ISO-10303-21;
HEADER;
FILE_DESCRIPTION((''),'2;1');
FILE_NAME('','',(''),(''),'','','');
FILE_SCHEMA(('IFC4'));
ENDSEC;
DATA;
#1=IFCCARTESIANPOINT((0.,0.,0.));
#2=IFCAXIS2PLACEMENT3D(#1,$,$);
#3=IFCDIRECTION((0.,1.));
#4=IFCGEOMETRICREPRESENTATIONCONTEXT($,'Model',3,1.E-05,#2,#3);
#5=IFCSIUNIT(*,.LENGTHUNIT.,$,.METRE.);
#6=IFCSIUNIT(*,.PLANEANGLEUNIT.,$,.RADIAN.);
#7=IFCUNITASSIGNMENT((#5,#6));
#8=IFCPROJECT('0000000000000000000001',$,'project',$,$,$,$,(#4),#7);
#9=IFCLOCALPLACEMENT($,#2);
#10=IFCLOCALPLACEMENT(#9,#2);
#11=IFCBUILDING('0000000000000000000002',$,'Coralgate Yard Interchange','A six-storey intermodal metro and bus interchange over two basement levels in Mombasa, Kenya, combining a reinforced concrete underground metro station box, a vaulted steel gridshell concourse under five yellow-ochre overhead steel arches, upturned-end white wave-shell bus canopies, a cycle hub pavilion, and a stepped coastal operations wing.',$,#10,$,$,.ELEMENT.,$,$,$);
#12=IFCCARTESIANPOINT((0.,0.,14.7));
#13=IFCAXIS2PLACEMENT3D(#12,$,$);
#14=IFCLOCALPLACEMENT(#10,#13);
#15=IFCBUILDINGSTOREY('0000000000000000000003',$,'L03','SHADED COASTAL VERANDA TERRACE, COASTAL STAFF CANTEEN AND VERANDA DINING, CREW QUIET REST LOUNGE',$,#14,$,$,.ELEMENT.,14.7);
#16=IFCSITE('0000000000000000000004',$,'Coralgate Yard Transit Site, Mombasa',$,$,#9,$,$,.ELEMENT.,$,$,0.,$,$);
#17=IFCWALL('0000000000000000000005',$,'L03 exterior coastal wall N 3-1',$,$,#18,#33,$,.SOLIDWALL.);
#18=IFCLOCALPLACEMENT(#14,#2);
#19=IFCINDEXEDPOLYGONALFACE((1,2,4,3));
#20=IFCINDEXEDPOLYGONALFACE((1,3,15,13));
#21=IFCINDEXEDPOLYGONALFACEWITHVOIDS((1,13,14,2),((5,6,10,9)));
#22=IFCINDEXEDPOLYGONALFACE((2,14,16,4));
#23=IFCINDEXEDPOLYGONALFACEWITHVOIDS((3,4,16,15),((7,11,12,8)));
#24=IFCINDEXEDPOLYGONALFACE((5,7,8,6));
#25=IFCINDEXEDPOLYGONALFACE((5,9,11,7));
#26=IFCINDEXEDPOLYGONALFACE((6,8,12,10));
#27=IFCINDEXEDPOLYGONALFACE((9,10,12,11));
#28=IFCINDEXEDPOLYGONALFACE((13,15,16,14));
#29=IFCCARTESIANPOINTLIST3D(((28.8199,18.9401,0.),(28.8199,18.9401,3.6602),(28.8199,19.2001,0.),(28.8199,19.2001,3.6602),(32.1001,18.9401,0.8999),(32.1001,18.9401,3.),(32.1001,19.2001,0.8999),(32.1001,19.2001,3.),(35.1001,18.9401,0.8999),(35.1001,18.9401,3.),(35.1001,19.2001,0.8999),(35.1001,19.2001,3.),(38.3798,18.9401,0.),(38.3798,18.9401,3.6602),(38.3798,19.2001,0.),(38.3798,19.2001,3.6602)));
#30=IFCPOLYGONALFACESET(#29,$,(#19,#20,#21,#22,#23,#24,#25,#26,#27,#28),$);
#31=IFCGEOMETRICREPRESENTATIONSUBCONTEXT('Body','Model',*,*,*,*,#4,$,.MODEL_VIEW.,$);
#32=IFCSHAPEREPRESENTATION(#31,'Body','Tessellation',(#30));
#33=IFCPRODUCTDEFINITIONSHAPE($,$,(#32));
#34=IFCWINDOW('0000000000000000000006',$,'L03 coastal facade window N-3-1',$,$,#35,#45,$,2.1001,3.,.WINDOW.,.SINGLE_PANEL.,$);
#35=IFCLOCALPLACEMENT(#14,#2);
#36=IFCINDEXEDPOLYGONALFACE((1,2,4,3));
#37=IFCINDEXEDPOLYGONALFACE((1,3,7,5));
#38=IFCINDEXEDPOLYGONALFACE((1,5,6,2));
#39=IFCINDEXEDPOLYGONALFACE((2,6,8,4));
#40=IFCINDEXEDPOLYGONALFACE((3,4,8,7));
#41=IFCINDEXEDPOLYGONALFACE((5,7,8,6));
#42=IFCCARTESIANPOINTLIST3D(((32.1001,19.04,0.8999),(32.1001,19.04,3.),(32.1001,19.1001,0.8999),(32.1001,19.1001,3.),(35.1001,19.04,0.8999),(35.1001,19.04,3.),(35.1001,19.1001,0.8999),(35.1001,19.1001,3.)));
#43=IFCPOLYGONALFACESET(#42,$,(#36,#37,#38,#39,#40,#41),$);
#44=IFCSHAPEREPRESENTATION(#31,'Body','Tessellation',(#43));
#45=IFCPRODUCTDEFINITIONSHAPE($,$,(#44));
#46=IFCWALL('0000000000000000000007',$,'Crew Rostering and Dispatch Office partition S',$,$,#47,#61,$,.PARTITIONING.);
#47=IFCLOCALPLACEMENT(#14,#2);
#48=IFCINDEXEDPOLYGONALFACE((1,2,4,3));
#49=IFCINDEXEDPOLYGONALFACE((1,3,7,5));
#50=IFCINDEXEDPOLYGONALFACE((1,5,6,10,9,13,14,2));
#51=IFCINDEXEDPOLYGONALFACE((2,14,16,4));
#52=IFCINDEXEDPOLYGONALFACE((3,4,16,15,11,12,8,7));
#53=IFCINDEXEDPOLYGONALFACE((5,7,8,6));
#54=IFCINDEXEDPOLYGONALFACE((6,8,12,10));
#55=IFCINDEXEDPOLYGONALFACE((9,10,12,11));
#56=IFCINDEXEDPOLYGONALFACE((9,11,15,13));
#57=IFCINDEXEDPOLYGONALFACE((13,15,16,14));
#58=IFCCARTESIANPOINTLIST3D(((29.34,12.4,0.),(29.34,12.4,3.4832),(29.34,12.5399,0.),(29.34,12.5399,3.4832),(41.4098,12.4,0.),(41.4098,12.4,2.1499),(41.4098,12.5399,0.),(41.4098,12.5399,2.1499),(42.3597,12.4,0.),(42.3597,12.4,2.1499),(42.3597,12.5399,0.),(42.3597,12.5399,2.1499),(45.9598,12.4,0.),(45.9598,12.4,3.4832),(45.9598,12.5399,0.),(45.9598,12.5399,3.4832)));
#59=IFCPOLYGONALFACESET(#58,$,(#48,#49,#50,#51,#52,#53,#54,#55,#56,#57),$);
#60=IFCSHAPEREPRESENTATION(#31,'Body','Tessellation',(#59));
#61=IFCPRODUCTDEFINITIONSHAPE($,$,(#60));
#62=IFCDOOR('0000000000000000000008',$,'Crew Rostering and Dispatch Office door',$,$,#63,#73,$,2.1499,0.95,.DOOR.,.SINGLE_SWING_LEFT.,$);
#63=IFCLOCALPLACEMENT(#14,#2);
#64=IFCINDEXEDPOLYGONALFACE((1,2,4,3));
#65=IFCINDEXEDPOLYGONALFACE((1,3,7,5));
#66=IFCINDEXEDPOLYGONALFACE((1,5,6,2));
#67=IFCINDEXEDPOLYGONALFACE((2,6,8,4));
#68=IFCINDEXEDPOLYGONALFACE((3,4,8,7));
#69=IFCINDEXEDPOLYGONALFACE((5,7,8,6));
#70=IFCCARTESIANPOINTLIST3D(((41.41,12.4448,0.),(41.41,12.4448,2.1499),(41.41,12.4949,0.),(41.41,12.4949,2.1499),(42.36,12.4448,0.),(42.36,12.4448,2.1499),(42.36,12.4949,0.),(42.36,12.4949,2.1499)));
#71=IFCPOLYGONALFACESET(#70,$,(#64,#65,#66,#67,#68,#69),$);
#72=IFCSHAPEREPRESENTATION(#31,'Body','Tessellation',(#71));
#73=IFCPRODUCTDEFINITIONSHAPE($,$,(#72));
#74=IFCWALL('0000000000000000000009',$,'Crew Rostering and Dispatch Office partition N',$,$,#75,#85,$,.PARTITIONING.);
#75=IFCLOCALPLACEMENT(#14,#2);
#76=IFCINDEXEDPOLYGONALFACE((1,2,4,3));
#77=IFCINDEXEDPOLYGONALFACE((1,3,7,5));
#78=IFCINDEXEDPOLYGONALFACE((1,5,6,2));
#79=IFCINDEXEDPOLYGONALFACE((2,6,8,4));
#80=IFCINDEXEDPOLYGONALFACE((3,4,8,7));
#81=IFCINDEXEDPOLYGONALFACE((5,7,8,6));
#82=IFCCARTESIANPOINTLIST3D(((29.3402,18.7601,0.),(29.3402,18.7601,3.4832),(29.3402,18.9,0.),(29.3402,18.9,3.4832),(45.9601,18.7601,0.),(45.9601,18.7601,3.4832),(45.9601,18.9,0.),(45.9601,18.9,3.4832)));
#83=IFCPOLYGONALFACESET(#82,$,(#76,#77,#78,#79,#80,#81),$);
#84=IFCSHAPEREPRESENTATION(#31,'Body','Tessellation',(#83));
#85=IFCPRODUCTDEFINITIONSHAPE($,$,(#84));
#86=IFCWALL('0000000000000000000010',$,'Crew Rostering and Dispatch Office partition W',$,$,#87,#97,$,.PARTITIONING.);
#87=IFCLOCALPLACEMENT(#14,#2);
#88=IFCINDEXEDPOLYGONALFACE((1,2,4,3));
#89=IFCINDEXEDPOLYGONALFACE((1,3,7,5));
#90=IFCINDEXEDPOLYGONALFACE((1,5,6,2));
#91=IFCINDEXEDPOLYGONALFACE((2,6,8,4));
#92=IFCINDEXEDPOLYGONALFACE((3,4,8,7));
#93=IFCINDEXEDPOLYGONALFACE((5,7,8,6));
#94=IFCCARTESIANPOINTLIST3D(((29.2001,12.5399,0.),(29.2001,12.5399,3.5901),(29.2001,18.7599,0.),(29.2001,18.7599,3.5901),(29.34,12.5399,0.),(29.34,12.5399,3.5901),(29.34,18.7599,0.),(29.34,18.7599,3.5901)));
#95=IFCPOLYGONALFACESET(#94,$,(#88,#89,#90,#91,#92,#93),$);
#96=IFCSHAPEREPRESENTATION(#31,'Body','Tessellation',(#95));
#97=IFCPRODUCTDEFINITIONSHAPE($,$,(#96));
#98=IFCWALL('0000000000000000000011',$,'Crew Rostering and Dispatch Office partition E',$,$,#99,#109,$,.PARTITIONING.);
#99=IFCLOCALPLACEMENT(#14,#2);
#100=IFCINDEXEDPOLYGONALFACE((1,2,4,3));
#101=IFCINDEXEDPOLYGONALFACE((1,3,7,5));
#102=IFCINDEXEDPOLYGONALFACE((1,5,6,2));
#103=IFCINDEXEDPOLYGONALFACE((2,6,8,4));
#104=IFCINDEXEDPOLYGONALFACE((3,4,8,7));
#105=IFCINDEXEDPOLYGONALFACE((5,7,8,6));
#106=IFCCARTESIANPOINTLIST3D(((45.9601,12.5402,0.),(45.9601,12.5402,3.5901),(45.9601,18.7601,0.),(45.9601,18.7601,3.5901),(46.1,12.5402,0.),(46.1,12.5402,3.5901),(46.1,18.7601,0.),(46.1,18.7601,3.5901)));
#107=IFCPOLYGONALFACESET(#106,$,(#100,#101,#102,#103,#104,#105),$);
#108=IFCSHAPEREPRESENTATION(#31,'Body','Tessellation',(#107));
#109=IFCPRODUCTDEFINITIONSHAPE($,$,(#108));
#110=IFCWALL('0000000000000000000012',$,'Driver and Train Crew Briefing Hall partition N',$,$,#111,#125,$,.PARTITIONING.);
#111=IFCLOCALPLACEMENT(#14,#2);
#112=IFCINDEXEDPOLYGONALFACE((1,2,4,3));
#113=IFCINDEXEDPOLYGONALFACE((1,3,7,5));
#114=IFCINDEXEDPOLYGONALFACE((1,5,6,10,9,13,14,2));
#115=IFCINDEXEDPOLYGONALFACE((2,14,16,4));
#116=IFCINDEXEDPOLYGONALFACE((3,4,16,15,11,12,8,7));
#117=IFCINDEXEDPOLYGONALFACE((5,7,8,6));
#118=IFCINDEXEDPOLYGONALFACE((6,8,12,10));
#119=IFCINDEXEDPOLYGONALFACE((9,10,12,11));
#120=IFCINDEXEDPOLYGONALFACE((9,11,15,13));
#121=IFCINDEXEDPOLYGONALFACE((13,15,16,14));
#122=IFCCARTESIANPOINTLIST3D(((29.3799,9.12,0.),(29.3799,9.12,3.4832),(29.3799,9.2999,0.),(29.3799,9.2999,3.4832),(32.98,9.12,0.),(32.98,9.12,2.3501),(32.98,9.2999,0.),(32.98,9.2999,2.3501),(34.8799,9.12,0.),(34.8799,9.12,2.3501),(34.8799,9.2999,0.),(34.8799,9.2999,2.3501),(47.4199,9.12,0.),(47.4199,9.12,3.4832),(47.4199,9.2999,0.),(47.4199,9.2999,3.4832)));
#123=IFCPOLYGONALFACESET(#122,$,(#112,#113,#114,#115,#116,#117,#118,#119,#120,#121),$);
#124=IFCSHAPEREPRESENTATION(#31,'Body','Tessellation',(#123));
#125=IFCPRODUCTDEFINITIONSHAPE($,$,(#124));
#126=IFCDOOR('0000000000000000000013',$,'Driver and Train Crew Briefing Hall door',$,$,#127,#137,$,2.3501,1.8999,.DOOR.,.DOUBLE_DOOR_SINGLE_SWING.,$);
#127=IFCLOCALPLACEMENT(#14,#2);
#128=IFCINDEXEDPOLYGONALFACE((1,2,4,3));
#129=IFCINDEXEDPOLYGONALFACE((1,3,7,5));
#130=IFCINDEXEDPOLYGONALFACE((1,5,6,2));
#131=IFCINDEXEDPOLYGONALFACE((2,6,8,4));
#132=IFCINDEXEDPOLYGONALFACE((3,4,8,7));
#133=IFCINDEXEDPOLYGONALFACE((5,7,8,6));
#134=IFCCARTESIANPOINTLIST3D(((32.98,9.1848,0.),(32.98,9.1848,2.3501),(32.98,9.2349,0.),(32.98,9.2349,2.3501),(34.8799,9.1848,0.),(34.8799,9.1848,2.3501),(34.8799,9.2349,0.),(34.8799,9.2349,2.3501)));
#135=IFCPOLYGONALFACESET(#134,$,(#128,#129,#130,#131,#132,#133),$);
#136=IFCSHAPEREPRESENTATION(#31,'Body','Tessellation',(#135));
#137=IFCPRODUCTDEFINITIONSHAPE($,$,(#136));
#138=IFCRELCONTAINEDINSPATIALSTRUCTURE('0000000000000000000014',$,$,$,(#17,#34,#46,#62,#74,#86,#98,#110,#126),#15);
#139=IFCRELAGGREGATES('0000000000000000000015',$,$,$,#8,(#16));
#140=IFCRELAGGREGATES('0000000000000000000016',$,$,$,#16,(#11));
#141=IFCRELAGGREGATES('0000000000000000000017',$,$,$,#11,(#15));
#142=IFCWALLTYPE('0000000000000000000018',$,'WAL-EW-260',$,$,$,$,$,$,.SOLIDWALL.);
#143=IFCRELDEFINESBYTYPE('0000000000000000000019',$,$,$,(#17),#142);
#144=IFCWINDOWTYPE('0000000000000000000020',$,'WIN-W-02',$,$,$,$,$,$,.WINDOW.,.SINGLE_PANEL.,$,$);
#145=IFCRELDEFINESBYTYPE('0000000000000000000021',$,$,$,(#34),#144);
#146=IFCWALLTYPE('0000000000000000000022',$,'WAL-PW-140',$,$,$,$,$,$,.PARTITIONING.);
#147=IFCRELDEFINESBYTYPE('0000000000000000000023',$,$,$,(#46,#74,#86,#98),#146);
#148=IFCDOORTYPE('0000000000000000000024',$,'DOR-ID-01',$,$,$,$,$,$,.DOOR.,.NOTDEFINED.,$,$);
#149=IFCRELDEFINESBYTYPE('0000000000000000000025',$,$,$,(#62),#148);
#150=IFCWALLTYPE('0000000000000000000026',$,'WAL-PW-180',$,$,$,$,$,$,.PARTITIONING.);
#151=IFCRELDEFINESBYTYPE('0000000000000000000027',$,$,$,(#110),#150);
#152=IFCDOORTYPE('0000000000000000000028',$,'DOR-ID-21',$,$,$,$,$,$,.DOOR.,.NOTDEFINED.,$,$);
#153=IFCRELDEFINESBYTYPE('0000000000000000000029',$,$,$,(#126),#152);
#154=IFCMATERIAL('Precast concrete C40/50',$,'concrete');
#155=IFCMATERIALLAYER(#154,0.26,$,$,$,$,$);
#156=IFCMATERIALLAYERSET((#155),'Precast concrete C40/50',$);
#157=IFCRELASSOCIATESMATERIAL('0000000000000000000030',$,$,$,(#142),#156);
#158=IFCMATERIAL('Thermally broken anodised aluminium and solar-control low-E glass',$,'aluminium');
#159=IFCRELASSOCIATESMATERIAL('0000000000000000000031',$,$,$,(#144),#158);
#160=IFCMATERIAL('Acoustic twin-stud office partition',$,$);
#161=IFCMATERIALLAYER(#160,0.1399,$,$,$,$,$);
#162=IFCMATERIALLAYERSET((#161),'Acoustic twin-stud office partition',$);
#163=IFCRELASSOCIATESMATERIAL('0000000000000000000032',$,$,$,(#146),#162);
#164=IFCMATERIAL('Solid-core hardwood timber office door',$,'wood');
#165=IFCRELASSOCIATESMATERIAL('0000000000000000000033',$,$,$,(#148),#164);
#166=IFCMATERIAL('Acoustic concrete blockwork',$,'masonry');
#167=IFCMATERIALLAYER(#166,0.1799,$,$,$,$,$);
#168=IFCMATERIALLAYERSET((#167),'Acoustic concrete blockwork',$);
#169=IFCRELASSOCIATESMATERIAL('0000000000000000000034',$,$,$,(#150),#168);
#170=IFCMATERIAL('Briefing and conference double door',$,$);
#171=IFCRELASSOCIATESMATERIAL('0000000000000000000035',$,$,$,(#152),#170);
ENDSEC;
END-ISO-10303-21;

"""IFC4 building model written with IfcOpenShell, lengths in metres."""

from ifc_helpers import new_model, si_unit, direction, frame, frame_2d, origin, place, context, subcontext, project, spatial, rectangle, extrude, material, layer, layer_set, type_object, element, fill, save


model = new_model("IFC4")

# Units and contexts
model_context = context("Model", 3, precision=1e-05, world=origin(), true_north=direction((0.0, 1.0)))
body_context = subcontext(model_context, "Body", "Model", "MODEL_VIEW")
ifc_project = project(units=[si_unit("LENGTHUNIT", "METRE"), si_unit("PLANEANGLEUNIT", "RADIAN")], contexts=[model_context])

# Site, building, storey
site_placement = place(None, origin())
site = spatial("IfcSite", under=ifc_project, at=site_placement, Name="Coralgate Yard Transit Site, Mombasa", CompositionType="ELEMENT", RefElevation=0.0)
building_placement = place(site_placement, origin())
building = spatial("IfcBuilding", under=site, at=building_placement, Name="Coralgate Yard Interchange", Description="A six-storey intermodal metro and bus interchange over two basement levels in Mombasa, Kenya, combining a reinforced concrete underground metro station box, a vaulted steel gridshell concourse under five yellow-ochre overhead steel arches, upturned-end white wave-shell bus canopies, a cycle hub pavilion, and a stepped coastal operations wing.", CompositionType="ELEMENT")
storey_placement = place(building_placement, frame((0.0, 0.0, 14.7)))
storey = spatial("IfcBuildingStorey", under=building, at=storey_placement, Name="L03", Description="SHADED COASTAL VERANDA TERRACE, COASTAL STAFF CANTEEN AND VERANDA DINING, CREW QUIET REST LOUNGE", CompositionType="ELEMENT", Elevation=14.7)

# Wall, opening, window
ifc_material_1 = material(Name="Precast concrete C40/50", Category="concrete")
ifc_layer_1 = layer(ifc_material_1, 0.26)
ifc_layer_set_1 = layer_set([ifc_layer_1], Name="Precast concrete C40/50")
wall_type_1 = type_object("IfcWallType", Name="WAL-EW-260", PredefinedType="SOLIDWALL", material=ifc_layer_set_1)
wall_1_placement = place(storey_placement, frame((28.8201, 19.0701, 0.0), z_axis=(0.0, 0.0, 1.0), x_axis=(1.0, 0.0, 0.0)))
wall_1 = element("IfcWall", 1, at=wall_1_placement, inside=storey, type_object=wall_type_1, Name="L03 exterior coastal wall N 3-1", PredefinedType="SOLIDWALL", context=body_context, shape_type="SweptSolid", body=[
    extrude(rectangle(XDim=9.5598, YDim=0.26, at=frame_2d((4.7798, 0.0))), origin(), (0.0, 0.0, 1.0), 3.6602),
])
opening_1_placement = place(wall_1_placement, frame((3.28, 0.0, 0.8999)))
opening_1 = element("IfcOpeningElement", 2, at=opening_1_placement, cuts=wall_1, PredefinedType="OPENING", context=body_context, shape_type="SweptSolid", body=[
    extrude(rectangle(XDim=3.0, YDim=2.1001, at=frame_2d((1.5, 1.05))), frame((0.0, 0.1399, 0.0), z_axis=(0.0, -1.0, 0.0), x_axis=(1.0, 0.0, 0.0)), (0.0, 0.0, 1.0), 0.28),
])
ifc_material_2 = material(Name="Thermally broken anodised aluminium and solar-control low-E glass", Category="aluminium")
window_type = type_object("IfcWindowType", Name="WIN-W-02", PartitioningType="SINGLE_PANEL", PredefinedType="WINDOW", material=ifc_material_2)
window_placement = place(opening_1_placement, origin())
window = element("IfcWindow", 3, at=window_placement, inside=storey, type_object=window_type, Name="L03 coastal facade window N-3-1", OverallHeight=2.1001, OverallWidth=3.0, PartitioningType="SINGLE_PANEL", PredefinedType="WINDOW", context=body_context, shape_type="SweptSolid", body=[
    extrude(rectangle(XDim=3.0, YDim=2.1001, at=frame_2d((1.5, 1.05))), frame((0.0, 0.03, 0.0), z_axis=(0.0, -1.0, 0.0), x_axis=(1.0, 0.0, 0.0)), (0.0, 0.0, 1.0), 0.0601),
])
fill(opening_1, window)

# Wall, opening, door
ifc_material_3 = material(Name="Acoustic twin-stud office partition")
ifc_layer_2 = layer(ifc_material_3, 0.1399)
ifc_layer_set_2 = layer_set([ifc_layer_2], Name="Acoustic twin-stud office partition")
wall_type_2 = type_object("IfcWallType", Name="WAL-PW-140", PredefinedType="PARTITIONING", material=ifc_layer_set_2)
wall_2_placement = place(storey_placement, frame((45.96, 12.47, 0.0), z_axis=(0.0, 0.0, 1.0), x_axis=(-1.0, 0.0, 0.0)))
wall_2 = element("IfcWall", 4, at=wall_2_placement, inside=storey, type_object=wall_type_2, Name="Crew Rostering and Dispatch Office partition S", PredefinedType="PARTITIONING", context=body_context, shape_type="SweptSolid", body=[
    extrude(rectangle(XDim=16.6199, YDim=0.1399, at=frame_2d((8.3101, 0.0))), origin(), (0.0, 0.0, 1.0), 3.4832),
])
opening_2_placement = place(wall_2_placement, frame((3.6001, 0.0, 0.0)))
opening_2 = element("IfcOpeningElement", 5, at=opening_2_placement, cuts=wall_2, PredefinedType="OPENING", context=body_context, shape_type="SweptSolid", body=[
    extrude(rectangle(XDim=0.95, YDim=2.1499, at=frame_2d((0.4751, 1.075))), frame((0.0, 0.0798, 0.0), z_axis=(0.0, -1.0, 0.0), x_axis=(1.0, 0.0, 0.0)), (0.0, 0.0, 1.0), 0.1599),
])
ifc_material_4 = material(Name="Solid-core hardwood timber office door", Category="wood")
door_type_1 = type_object("IfcDoorType", Name="DOR-ID-01", OperationType="NOTDEFINED", PredefinedType="DOOR", material=ifc_material_4)
door_1_placement = place(opening_2_placement, frame((0.95, 0.0, 0.0), z_axis=(0.0, 0.0, 1.0), x_axis=(-1.0, 0.0, 0.0)))
door_1 = element("IfcDoor", 6, at=door_1_placement, inside=storey, type_object=door_type_1, Name="Crew Rostering and Dispatch Office door", OperationType="SINGLE_SWING_LEFT", OverallHeight=2.1499, OverallWidth=0.95, PredefinedType="DOOR", context=body_context, shape_type="SweptSolid", body=[
    extrude(rectangle(XDim=0.95, YDim=2.1499, at=frame_2d((0.4751, 1.075))), frame((0.0, 0.0249, 0.0), z_axis=(0.0, -1.0, 0.0), x_axis=(1.0, 0.0, 0.0)), (0.0, 0.0, 1.0), 0.05),
])
fill(opening_2, door_1)

# Walls
wall_3_placement = place(storey_placement, frame((29.3401, 18.8301, 0.0), z_axis=(0.0, 0.0, 1.0), x_axis=(1.0, 0.0, 0.0)))
element("IfcWall", 7, at=wall_3_placement, inside=storey, type_object=wall_type_2, Name="Crew Rostering and Dispatch Office partition N", PredefinedType="PARTITIONING", context=body_context, shape_type="SweptSolid", body=[
    extrude(rectangle(XDim=16.6199, YDim=0.1399, at=frame_2d((8.3101, 0.0))), origin(), (0.0, 0.0, 1.0), 3.4832),
])
for number, where, z_axis, x_axis, name in (
    (8, (29.27, 12.54, 0.0), (0.0, 0.0, 1.0), (0.0, 1.0, 0.0), "Crew Rostering and Dispatch Office partition W"),
    (9, (46.03, 18.76, 0.0), (0.0, 0.0, 1.0), (0.0, -1.0, 0.0), "Crew Rostering and Dispatch Office partition E"),
):
    element("IfcWall", number, at=place(storey_placement, frame(where, z_axis=z_axis, x_axis=x_axis)), inside=storey, type_object=wall_type_2, Name=name, PredefinedType="PARTITIONING", context=body_context, shape_type="SweptSolid", body=[
        extrude(rectangle(XDim=6.22, YDim=0.1399, at=frame_2d((3.1099, 0.0))), origin(), (0.0, 0.0, 1.0), 3.5901),
    ])

# Wall, opening, door
ifc_material_5 = material(Name="Acoustic concrete blockwork", Category="masonry")
ifc_layer_3 = layer(ifc_material_5, 0.1799)
ifc_layer_set_3 = layer_set([ifc_layer_3], Name="Acoustic concrete blockwork")
wall_type_3 = type_object("IfcWallType", Name="WAL-PW-180", PredefinedType="PARTITIONING", material=ifc_layer_set_3)
wall_4_placement = place(storey_placement, frame((29.3799, 9.21, 0.0), z_axis=(0.0, 0.0, 1.0), x_axis=(1.0, 0.0, 0.0)))
wall_4 = element("IfcWall", 10, at=wall_4_placement, inside=storey, type_object=wall_type_3, Name="Driver and Train Crew Briefing Hall partition N", PredefinedType="PARTITIONING", context=body_context, shape_type="SweptSolid", body=[
    extrude(rectangle(XDim=18.04, YDim=0.1799, at=frame_2d((9.02, 0.0))), origin(), (0.0, 0.0, 1.0), 3.4832),
])
opening_3_placement = place(wall_4_placement, frame((3.6001, 0.0, 0.0)))
opening_3 = element("IfcOpeningElement", 11, at=opening_3_placement, cuts=wall_4, PredefinedType="OPENING", context=body_context, shape_type="SweptSolid", body=[
    extrude(rectangle(XDim=1.8999, YDim=2.3501, at=frame_2d((0.95, 1.175))), frame((0.0, 0.0999, 0.0), z_axis=(0.0, -1.0, 0.0), x_axis=(1.0, 0.0, 0.0)), (0.0, 0.0, 1.0), 0.2),
])
ifc_material_6 = material(Name="Briefing and conference double door")
door_type_2 = type_object("IfcDoorType", Name="DOR-ID-21", OperationType="NOTDEFINED", PredefinedType="DOOR", material=ifc_material_6)
door_2_placement = place(opening_3_placement, origin())
door_2 = element("IfcDoor", 12, at=door_2_placement, inside=storey, type_object=door_type_2, Name="Driver and Train Crew Briefing Hall door", OperationType="DOUBLE_DOOR_SINGLE_SWING", OverallHeight=2.3501, OverallWidth=1.8999, PredefinedType="DOOR", context=body_context, shape_type="SweptSolid", body=[
    extrude(rectangle(XDim=1.8999, YDim=2.3501, at=frame_2d((0.95, 1.175))), frame((0.0, 0.0249, 0.0), z_axis=(0.0, -1.0, 0.0), x_axis=(1.0, 0.0, 0.0)), (0.0, 0.0, 1.0), 0.05),
])
fill(opening_3, door_2)

save(model, "model.ifc")
